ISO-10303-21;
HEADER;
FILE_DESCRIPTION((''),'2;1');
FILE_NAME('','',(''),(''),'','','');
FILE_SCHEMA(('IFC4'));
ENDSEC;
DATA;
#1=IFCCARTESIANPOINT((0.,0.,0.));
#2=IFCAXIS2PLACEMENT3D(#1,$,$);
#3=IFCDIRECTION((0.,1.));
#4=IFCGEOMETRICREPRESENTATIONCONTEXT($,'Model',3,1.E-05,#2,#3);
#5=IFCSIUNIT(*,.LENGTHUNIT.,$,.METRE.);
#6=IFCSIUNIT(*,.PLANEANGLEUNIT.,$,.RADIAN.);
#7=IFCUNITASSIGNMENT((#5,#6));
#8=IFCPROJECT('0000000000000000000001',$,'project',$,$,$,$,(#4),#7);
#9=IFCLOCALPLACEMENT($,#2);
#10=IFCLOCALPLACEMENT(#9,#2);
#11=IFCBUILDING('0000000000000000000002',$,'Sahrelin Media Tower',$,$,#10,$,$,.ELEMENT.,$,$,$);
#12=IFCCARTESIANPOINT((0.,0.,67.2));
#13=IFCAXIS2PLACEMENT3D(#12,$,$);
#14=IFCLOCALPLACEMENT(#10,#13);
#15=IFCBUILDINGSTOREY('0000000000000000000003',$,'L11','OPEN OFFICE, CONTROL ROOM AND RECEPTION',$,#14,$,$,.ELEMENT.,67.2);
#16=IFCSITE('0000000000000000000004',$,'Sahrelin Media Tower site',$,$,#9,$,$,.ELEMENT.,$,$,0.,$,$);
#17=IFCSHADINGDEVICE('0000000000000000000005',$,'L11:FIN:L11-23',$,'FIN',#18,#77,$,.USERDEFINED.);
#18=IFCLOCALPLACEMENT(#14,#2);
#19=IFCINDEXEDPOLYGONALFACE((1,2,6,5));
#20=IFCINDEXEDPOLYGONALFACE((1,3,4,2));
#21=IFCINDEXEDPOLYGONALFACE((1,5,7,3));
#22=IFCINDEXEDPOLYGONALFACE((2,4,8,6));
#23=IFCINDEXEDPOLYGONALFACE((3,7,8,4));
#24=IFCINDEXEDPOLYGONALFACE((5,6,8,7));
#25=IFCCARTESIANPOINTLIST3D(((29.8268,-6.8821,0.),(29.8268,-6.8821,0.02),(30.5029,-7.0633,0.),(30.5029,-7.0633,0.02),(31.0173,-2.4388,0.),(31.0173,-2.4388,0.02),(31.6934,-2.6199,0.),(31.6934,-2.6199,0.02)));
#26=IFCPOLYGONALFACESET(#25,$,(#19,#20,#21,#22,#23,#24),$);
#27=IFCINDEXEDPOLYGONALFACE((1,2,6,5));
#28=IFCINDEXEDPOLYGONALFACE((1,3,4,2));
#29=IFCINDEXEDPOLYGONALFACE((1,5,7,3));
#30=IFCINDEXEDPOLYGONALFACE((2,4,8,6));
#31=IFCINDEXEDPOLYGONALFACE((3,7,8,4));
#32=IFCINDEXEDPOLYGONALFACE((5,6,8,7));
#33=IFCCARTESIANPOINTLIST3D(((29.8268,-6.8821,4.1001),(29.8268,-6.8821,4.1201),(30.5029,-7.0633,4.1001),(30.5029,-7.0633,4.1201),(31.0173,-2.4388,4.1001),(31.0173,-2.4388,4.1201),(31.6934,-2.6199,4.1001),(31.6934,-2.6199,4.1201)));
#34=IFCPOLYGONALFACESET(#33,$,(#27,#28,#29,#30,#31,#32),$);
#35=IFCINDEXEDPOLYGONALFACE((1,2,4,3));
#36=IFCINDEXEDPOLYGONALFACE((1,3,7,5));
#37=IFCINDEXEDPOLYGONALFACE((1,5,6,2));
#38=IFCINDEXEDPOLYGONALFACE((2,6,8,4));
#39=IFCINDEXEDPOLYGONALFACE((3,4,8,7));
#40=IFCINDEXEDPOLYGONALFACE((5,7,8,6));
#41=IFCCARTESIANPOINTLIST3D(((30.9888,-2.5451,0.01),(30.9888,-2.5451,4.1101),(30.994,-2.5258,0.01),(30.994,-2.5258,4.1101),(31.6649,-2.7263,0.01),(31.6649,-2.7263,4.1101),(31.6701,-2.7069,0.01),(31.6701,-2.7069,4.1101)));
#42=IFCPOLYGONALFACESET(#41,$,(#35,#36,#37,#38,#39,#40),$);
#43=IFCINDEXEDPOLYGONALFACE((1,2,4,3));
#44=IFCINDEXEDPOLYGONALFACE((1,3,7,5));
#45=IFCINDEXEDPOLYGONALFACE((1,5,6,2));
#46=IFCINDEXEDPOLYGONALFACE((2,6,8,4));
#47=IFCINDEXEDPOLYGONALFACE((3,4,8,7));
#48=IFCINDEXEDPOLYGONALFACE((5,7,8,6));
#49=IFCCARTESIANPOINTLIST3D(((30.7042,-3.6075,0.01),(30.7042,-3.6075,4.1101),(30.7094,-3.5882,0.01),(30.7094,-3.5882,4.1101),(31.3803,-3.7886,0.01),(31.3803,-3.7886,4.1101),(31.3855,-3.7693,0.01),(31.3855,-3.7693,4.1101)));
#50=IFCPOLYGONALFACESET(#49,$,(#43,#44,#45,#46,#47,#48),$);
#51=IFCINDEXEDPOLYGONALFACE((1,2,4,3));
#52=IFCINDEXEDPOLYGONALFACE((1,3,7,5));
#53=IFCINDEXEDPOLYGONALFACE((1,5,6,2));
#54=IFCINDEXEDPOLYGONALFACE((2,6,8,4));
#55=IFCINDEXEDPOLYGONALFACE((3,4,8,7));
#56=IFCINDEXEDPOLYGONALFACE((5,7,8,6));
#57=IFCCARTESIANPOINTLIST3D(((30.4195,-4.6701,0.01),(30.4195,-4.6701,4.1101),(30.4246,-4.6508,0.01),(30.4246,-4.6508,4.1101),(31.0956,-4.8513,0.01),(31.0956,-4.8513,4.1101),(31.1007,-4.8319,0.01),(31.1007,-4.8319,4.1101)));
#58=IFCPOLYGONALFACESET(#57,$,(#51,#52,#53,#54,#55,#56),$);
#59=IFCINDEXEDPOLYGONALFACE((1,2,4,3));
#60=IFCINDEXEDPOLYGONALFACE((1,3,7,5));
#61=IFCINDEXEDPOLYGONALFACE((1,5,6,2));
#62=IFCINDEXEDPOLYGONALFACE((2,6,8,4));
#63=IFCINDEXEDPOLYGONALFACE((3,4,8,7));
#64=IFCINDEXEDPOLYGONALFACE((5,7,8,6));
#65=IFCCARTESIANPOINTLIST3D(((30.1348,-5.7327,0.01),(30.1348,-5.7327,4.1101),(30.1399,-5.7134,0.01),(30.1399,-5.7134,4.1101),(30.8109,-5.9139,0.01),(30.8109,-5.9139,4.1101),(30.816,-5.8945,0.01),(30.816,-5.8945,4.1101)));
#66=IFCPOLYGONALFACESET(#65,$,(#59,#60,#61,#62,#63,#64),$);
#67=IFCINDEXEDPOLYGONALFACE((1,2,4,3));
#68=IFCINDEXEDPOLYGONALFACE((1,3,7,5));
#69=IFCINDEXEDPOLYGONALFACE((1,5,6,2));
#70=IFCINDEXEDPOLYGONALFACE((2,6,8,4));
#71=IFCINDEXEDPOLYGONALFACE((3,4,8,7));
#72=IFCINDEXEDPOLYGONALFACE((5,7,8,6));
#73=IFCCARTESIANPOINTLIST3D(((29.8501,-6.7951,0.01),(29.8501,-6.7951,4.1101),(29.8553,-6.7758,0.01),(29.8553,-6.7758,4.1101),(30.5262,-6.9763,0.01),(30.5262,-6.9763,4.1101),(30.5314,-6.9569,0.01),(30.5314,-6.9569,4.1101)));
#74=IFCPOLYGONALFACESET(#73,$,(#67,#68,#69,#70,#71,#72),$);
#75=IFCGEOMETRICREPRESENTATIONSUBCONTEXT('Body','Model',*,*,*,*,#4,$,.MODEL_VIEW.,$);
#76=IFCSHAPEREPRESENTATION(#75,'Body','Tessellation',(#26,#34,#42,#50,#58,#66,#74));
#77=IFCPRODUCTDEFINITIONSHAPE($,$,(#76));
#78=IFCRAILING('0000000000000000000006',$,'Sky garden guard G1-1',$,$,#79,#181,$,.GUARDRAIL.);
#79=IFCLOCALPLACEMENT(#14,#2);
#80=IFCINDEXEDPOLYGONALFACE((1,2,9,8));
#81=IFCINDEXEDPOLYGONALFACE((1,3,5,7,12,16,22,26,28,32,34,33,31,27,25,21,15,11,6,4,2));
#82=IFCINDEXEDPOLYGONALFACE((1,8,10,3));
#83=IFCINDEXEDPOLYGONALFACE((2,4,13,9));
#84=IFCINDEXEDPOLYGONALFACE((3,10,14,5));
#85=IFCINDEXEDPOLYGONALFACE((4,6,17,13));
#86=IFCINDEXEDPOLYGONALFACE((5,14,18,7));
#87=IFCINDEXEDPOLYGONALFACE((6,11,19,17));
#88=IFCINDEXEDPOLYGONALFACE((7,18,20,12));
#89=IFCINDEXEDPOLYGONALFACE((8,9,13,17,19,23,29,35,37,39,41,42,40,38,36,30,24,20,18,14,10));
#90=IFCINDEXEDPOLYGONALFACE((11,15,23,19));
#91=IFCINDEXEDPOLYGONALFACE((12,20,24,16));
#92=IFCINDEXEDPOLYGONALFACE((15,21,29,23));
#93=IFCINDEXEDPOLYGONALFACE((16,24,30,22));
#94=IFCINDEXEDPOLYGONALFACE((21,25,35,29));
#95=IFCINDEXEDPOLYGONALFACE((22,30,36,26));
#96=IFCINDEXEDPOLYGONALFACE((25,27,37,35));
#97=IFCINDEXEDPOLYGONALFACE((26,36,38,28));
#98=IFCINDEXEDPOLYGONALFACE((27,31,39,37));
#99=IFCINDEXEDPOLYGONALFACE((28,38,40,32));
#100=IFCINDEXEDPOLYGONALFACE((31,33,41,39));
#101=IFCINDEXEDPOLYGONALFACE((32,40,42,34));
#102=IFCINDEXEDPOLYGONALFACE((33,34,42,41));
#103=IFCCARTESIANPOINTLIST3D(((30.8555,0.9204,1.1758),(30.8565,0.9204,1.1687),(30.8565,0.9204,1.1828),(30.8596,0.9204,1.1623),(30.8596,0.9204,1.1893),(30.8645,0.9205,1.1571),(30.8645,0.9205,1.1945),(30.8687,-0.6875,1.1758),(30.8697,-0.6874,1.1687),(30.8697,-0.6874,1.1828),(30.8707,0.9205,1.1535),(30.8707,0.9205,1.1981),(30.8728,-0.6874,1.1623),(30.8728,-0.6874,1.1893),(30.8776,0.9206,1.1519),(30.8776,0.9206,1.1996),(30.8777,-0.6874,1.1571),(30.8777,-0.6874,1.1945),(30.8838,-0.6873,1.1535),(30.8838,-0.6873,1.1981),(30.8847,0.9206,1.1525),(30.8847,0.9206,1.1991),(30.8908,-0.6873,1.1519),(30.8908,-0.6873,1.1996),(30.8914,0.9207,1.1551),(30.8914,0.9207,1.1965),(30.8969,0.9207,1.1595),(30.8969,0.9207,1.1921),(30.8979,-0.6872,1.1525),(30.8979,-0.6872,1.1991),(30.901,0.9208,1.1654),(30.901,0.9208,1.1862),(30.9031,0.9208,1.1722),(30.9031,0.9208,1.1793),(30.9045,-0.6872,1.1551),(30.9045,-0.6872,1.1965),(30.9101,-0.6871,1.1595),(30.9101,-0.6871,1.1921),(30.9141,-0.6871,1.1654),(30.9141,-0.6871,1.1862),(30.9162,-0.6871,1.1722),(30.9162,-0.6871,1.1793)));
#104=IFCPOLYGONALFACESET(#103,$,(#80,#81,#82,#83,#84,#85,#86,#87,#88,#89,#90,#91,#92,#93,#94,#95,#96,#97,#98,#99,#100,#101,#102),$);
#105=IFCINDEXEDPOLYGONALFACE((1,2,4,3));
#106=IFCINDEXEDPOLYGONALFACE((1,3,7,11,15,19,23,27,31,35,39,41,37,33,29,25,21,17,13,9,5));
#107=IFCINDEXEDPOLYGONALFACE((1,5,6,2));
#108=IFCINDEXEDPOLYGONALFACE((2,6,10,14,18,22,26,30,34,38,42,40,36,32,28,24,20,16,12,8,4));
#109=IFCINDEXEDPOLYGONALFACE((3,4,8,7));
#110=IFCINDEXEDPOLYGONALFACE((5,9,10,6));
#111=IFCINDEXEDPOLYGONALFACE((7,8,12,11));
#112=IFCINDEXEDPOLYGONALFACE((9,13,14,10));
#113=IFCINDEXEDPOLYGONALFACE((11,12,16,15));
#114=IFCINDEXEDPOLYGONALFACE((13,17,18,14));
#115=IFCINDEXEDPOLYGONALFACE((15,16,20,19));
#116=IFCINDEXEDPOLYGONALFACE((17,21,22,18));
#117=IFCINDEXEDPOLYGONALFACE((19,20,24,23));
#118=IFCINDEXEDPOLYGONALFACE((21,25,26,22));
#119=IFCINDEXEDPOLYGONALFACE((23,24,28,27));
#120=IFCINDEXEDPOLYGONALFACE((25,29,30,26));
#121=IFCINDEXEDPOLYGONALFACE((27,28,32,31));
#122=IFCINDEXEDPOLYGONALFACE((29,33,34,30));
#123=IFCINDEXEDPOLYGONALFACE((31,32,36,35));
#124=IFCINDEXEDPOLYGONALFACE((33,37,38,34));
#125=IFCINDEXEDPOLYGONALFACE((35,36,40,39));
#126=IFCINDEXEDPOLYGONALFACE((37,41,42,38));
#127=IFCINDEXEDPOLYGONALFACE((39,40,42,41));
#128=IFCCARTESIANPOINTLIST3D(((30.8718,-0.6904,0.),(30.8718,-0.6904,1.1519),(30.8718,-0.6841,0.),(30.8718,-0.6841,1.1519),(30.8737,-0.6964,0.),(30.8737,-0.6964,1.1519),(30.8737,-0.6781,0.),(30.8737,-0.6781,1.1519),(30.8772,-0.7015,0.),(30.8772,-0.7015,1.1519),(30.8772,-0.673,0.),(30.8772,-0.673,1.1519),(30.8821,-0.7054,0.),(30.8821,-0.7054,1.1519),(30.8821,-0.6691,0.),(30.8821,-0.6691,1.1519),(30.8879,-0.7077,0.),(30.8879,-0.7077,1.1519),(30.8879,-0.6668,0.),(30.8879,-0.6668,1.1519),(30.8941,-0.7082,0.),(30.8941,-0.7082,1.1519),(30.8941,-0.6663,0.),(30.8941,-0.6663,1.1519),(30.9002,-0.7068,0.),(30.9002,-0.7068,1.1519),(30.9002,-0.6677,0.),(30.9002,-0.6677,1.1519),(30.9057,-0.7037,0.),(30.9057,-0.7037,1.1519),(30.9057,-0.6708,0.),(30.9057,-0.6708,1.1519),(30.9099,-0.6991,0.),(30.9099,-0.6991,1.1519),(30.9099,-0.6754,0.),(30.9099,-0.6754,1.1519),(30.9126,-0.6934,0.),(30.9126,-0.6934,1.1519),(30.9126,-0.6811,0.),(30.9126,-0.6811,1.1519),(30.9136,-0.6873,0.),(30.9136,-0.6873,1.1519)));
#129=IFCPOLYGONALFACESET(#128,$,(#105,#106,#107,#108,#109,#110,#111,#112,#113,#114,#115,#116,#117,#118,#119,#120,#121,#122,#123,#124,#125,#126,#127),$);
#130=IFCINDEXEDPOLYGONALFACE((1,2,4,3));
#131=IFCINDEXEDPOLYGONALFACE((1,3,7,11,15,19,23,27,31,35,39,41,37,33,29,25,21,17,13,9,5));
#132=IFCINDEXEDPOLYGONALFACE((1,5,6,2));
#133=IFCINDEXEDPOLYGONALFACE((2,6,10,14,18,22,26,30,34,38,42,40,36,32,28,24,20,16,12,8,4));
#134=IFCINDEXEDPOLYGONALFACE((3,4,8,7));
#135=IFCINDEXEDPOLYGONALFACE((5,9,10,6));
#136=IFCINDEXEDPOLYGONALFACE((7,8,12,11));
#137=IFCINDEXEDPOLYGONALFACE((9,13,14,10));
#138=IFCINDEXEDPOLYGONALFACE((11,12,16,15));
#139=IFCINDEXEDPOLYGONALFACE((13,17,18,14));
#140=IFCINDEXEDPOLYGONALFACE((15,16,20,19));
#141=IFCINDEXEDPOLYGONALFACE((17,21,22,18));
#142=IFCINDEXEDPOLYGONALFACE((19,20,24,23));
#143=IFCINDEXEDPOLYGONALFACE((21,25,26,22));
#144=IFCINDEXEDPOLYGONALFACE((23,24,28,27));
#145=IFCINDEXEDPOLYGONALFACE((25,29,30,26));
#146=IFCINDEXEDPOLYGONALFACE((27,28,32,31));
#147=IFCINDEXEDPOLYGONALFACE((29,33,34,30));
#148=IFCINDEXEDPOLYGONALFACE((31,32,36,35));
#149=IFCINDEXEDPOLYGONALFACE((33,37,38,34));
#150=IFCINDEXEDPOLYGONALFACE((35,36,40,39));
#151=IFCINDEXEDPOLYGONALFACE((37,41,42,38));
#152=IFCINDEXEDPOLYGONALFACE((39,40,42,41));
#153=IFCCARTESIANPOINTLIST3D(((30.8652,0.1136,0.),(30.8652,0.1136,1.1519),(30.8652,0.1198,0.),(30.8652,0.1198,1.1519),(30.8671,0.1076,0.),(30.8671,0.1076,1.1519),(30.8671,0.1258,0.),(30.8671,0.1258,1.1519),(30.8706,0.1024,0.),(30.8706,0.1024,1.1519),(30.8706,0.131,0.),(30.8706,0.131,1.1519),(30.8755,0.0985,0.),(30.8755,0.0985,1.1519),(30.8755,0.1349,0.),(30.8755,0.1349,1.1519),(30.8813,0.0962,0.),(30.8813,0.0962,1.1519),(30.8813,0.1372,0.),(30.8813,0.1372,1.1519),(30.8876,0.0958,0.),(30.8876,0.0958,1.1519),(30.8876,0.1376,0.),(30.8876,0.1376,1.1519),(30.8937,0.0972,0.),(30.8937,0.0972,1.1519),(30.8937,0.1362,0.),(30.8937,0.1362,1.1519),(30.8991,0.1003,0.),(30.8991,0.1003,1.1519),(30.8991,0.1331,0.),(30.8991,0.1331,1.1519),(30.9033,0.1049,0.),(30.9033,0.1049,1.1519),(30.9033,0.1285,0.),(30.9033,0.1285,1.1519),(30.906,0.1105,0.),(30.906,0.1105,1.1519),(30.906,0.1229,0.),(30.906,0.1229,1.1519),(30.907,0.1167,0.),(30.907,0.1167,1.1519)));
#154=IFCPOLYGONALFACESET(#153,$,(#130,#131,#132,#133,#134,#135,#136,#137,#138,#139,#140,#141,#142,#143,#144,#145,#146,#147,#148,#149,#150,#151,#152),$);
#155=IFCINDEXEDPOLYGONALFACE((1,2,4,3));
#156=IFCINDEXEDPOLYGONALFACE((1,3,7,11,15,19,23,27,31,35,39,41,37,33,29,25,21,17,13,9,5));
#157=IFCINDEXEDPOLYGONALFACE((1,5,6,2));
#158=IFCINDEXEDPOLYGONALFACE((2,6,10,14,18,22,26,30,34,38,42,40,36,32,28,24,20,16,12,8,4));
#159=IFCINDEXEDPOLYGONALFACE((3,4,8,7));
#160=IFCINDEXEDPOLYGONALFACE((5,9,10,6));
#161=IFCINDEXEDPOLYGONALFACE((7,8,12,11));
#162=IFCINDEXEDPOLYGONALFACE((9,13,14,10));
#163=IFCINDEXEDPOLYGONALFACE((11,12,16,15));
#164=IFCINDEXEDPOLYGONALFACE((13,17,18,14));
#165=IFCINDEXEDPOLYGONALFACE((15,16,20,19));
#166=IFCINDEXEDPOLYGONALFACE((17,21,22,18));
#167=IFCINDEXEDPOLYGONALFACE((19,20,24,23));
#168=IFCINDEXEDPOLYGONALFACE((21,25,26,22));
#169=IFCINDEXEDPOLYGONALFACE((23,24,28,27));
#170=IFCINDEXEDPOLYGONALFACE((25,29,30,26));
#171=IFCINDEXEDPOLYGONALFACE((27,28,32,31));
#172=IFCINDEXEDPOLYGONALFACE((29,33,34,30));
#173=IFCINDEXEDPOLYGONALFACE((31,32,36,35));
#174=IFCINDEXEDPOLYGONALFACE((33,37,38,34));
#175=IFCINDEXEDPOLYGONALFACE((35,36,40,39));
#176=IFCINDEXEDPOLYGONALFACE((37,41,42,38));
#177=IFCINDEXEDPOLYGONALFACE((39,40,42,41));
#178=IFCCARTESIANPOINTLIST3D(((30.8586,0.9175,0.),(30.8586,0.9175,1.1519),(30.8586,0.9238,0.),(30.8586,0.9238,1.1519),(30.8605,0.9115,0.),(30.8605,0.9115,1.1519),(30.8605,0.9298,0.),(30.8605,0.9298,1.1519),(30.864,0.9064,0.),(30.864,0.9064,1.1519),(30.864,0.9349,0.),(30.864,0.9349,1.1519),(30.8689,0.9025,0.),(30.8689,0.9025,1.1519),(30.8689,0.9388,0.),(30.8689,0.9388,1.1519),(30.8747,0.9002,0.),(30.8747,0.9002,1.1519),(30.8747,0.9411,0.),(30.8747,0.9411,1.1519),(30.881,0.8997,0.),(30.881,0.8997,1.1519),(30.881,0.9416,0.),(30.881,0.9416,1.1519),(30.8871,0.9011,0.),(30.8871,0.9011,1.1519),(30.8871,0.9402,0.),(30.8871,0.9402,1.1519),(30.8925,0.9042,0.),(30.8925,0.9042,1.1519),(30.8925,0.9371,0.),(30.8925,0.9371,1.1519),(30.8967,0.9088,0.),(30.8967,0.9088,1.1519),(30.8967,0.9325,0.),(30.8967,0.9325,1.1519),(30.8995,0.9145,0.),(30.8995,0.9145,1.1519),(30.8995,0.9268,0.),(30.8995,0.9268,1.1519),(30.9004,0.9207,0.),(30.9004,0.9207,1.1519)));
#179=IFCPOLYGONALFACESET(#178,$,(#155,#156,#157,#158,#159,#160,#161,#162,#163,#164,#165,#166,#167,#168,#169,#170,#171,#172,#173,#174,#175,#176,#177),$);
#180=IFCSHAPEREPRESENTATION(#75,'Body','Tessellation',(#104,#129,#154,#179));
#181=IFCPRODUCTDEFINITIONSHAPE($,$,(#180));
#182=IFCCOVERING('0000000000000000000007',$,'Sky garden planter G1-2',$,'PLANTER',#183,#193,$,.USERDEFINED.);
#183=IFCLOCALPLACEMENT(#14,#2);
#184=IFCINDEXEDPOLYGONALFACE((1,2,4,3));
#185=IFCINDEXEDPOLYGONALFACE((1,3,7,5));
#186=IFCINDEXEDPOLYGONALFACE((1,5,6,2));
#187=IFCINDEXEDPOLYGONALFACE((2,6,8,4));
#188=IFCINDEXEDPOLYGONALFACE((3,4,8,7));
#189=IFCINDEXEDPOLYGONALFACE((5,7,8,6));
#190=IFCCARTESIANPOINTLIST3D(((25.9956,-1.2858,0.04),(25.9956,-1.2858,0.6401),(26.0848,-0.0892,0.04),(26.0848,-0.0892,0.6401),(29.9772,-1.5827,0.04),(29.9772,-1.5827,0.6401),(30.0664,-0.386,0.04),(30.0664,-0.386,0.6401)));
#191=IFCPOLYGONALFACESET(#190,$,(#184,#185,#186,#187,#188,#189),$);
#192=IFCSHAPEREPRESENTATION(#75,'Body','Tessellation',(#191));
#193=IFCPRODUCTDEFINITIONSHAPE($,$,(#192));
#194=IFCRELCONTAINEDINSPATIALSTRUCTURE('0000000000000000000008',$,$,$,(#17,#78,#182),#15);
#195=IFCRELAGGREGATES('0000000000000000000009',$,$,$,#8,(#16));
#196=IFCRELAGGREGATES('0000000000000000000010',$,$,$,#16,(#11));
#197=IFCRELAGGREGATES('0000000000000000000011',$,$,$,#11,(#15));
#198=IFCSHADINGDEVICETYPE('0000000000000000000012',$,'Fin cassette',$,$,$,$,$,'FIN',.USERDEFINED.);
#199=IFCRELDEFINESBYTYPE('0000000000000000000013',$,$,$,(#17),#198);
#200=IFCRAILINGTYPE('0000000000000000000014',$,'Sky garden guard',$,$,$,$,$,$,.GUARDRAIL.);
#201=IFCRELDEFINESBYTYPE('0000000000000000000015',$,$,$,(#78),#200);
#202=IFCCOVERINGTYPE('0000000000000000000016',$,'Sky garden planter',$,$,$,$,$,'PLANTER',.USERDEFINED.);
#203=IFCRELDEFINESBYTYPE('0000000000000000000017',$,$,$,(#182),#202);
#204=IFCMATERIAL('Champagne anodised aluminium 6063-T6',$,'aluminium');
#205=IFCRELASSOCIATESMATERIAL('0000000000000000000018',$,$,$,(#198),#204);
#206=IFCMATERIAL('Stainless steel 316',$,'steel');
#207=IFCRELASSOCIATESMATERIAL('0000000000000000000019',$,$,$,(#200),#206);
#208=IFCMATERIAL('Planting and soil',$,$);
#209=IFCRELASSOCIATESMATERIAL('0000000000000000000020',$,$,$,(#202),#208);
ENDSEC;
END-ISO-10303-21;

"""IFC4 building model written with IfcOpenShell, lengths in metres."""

from ifc_helpers import new_model, si_unit, direction, frame, origin, origin_2d, place, context, subcontext, project, spatial, rectangle, circle, extrude, material, type_object, element, save


model = new_model("IFC4")

# Units and contexts
model_context = context("Model", 3, precision=1e-05, world=origin(), true_north=direction((0.0, 1.0)))
body_context = subcontext(model_context, "Body", "Model", "MODEL_VIEW")
ifc_project = project(units=[si_unit("LENGTHUNIT", "METRE"), si_unit("PLANEANGLEUNIT", "RADIAN")], contexts=[model_context])

# Site, building, storey
site_placement = place(None, origin())
site = spatial("IfcSite", under=ifc_project, at=site_placement, Name="Sahrelin Media Tower site", CompositionType="ELEMENT", RefElevation=0.0)
building_placement = place(site_placement, origin())
building = spatial("IfcBuilding", under=site, at=building_placement, Name="Sahrelin Media Tower", CompositionType="ELEMENT")
storey_placement = place(building_placement, frame((0.0, 0.0, 67.2)))
storey = spatial("IfcBuildingStorey", under=building, at=storey_placement, Name="L11", Description="OPEN OFFICE, CONTROL ROOM AND RECEPTION", CompositionType="ELEMENT", Elevation=67.2)

# Shared definitions
ifc_material_1 = material(Name="Champagne anodised aluminium 6063-T6", Category="aluminium")

# Shading device
shading_device_type_1 = type_object("IfcShadingDeviceType", Name="Fin cassette", ElementType="FIN", PredefinedType="USERDEFINED", material=ifc_material_1)
placement_1 = place(storey_placement, frame((30.3545, -4.6423, 0.0), z_axis=(0.0, 0.0, 1.0), x_axis=(-0.258808, -0.965929, 0.0)))
element("IfcShadingDevice", 1, at=placement_1, inside=storey, type_object=shading_device_type_1, Name="L11:FIN:L11-23", ObjectType="FIN", PredefinedType="USERDEFINED", context=body_context, shape_type="SweptSolid", body=[
    extrude(rectangle(XDim=4.6001, YDim=0.7, at=origin_2d()), frame((0.0, 0.4199, 0.0)), (0.0, 0.0, 1.0), 0.02),
    extrude(rectangle(XDim=4.6001, YDim=0.7, at=origin_2d()), frame((0.0, 0.4199, 4.1001)), (0.0, 0.0, 1.0), 0.02),
    extrude(rectangle(XDim=0.02, YDim=0.7, at=origin_2d()), frame((-2.2, 0.4199, 0.01), z_axis=(0.0, 0.0, 1.0), x_axis=(1.0, 0.0, 0.0)), (0.0, 0.0, 1.0), 4.1001),
    extrude(rectangle(XDim=0.02, YDim=0.7, at=origin_2d()), frame((-1.1001, 0.4199, 0.01), z_axis=(0.0, 0.0, 1.0), x_axis=(1.0, 0.0, 0.0)), (0.0, 0.0, 1.0), 4.1001),
    extrude(rectangle(XDim=0.02, YDim=0.7, at=origin_2d()), frame((0.0, 0.4199, 0.01), z_axis=(0.0, 0.0, 1.0), x_axis=(1.0, 0.0, 0.0)), (0.0, 0.0, 1.0), 4.1001),
    extrude(rectangle(XDim=0.02, YDim=0.7, at=origin_2d()), frame((1.1001, 0.4199, 0.01), z_axis=(0.0, 0.0, 1.0), x_axis=(1.0, 0.0, 0.0)), (0.0, 0.0, 1.0), 4.1001),
    extrude(rectangle(XDim=0.02, YDim=0.7, at=origin_2d()), frame((2.2, 0.4199, 0.01), z_axis=(0.0, 0.0, 1.0), x_axis=(1.0, 0.0, 0.0)), (0.0, 0.0, 1.0), 4.1001),
])

# Railing
ifc_material_2 = material(Name="Stainless steel 316", Category="steel")
railing_type = type_object("IfcRailingType", Name="Sky garden guard", PredefinedType="GUARDRAIL", material=ifc_material_2)
railing_placement = place(storey_placement, frame((30.8926, -0.6873, 0.0)))
element("IfcRailing", 2, at=railing_placement, inside=storey, type_object=railing_type, Name="Sky garden guard G1-1", PredefinedType="GUARDRAIL", context=body_context, shape_type="SweptSolid", body=[
    extrude(circle(Radius=0.0239, at=origin_2d()), frame((0.0, 0.0, 1.1758), z_axis=(-0.008199, 0.999966, 0.0), x_axis=(-0.999966, -0.008199, 0.0)), (0.0, 0.0, 1.0), 1.6079),
    extrude(circle(Radius=0.021, at=origin_2d()), origin(), (0.0, 0.0, 1.0), 1.1519),
    extrude(circle(Radius=0.021, at=origin_2d()), frame((-0.0066, 0.804, 0.0)), (0.0, 0.0, 1.0), 1.1519),
    extrude(circle(Radius=0.021, at=origin_2d()), frame((-0.0132, 1.6079, 0.0)), (0.0, 0.0, 1.0), 1.1519),
])

# Covering
ifc_material_3 = material(Name="Planting and soil")
covering_type = type_object("IfcCoveringType", Name="Sky garden planter", ElementType="PLANTER", PredefinedType="USERDEFINED", material=ifc_material_3)
covering_placement = place(storey_placement, frame((28.031, -0.8359, 0.04), z_axis=(0.0, 0.0, 1.0), x_axis=(-0.997233, 0.07434, 0.0)))
element("IfcCovering", 3, at=covering_placement, inside=storey, type_object=covering_type, Name="Sky garden planter G1-2", ObjectType="PLANTER", PredefinedType="USERDEFINED", context=body_context, shape_type="SweptSolid", body=[
    extrude(rectangle(XDim=3.9927, YDim=1.2, at=origin_2d()), origin(), (0.0, 0.0, 1.0), 0.6001),
])

save(model, "model.ifc")
